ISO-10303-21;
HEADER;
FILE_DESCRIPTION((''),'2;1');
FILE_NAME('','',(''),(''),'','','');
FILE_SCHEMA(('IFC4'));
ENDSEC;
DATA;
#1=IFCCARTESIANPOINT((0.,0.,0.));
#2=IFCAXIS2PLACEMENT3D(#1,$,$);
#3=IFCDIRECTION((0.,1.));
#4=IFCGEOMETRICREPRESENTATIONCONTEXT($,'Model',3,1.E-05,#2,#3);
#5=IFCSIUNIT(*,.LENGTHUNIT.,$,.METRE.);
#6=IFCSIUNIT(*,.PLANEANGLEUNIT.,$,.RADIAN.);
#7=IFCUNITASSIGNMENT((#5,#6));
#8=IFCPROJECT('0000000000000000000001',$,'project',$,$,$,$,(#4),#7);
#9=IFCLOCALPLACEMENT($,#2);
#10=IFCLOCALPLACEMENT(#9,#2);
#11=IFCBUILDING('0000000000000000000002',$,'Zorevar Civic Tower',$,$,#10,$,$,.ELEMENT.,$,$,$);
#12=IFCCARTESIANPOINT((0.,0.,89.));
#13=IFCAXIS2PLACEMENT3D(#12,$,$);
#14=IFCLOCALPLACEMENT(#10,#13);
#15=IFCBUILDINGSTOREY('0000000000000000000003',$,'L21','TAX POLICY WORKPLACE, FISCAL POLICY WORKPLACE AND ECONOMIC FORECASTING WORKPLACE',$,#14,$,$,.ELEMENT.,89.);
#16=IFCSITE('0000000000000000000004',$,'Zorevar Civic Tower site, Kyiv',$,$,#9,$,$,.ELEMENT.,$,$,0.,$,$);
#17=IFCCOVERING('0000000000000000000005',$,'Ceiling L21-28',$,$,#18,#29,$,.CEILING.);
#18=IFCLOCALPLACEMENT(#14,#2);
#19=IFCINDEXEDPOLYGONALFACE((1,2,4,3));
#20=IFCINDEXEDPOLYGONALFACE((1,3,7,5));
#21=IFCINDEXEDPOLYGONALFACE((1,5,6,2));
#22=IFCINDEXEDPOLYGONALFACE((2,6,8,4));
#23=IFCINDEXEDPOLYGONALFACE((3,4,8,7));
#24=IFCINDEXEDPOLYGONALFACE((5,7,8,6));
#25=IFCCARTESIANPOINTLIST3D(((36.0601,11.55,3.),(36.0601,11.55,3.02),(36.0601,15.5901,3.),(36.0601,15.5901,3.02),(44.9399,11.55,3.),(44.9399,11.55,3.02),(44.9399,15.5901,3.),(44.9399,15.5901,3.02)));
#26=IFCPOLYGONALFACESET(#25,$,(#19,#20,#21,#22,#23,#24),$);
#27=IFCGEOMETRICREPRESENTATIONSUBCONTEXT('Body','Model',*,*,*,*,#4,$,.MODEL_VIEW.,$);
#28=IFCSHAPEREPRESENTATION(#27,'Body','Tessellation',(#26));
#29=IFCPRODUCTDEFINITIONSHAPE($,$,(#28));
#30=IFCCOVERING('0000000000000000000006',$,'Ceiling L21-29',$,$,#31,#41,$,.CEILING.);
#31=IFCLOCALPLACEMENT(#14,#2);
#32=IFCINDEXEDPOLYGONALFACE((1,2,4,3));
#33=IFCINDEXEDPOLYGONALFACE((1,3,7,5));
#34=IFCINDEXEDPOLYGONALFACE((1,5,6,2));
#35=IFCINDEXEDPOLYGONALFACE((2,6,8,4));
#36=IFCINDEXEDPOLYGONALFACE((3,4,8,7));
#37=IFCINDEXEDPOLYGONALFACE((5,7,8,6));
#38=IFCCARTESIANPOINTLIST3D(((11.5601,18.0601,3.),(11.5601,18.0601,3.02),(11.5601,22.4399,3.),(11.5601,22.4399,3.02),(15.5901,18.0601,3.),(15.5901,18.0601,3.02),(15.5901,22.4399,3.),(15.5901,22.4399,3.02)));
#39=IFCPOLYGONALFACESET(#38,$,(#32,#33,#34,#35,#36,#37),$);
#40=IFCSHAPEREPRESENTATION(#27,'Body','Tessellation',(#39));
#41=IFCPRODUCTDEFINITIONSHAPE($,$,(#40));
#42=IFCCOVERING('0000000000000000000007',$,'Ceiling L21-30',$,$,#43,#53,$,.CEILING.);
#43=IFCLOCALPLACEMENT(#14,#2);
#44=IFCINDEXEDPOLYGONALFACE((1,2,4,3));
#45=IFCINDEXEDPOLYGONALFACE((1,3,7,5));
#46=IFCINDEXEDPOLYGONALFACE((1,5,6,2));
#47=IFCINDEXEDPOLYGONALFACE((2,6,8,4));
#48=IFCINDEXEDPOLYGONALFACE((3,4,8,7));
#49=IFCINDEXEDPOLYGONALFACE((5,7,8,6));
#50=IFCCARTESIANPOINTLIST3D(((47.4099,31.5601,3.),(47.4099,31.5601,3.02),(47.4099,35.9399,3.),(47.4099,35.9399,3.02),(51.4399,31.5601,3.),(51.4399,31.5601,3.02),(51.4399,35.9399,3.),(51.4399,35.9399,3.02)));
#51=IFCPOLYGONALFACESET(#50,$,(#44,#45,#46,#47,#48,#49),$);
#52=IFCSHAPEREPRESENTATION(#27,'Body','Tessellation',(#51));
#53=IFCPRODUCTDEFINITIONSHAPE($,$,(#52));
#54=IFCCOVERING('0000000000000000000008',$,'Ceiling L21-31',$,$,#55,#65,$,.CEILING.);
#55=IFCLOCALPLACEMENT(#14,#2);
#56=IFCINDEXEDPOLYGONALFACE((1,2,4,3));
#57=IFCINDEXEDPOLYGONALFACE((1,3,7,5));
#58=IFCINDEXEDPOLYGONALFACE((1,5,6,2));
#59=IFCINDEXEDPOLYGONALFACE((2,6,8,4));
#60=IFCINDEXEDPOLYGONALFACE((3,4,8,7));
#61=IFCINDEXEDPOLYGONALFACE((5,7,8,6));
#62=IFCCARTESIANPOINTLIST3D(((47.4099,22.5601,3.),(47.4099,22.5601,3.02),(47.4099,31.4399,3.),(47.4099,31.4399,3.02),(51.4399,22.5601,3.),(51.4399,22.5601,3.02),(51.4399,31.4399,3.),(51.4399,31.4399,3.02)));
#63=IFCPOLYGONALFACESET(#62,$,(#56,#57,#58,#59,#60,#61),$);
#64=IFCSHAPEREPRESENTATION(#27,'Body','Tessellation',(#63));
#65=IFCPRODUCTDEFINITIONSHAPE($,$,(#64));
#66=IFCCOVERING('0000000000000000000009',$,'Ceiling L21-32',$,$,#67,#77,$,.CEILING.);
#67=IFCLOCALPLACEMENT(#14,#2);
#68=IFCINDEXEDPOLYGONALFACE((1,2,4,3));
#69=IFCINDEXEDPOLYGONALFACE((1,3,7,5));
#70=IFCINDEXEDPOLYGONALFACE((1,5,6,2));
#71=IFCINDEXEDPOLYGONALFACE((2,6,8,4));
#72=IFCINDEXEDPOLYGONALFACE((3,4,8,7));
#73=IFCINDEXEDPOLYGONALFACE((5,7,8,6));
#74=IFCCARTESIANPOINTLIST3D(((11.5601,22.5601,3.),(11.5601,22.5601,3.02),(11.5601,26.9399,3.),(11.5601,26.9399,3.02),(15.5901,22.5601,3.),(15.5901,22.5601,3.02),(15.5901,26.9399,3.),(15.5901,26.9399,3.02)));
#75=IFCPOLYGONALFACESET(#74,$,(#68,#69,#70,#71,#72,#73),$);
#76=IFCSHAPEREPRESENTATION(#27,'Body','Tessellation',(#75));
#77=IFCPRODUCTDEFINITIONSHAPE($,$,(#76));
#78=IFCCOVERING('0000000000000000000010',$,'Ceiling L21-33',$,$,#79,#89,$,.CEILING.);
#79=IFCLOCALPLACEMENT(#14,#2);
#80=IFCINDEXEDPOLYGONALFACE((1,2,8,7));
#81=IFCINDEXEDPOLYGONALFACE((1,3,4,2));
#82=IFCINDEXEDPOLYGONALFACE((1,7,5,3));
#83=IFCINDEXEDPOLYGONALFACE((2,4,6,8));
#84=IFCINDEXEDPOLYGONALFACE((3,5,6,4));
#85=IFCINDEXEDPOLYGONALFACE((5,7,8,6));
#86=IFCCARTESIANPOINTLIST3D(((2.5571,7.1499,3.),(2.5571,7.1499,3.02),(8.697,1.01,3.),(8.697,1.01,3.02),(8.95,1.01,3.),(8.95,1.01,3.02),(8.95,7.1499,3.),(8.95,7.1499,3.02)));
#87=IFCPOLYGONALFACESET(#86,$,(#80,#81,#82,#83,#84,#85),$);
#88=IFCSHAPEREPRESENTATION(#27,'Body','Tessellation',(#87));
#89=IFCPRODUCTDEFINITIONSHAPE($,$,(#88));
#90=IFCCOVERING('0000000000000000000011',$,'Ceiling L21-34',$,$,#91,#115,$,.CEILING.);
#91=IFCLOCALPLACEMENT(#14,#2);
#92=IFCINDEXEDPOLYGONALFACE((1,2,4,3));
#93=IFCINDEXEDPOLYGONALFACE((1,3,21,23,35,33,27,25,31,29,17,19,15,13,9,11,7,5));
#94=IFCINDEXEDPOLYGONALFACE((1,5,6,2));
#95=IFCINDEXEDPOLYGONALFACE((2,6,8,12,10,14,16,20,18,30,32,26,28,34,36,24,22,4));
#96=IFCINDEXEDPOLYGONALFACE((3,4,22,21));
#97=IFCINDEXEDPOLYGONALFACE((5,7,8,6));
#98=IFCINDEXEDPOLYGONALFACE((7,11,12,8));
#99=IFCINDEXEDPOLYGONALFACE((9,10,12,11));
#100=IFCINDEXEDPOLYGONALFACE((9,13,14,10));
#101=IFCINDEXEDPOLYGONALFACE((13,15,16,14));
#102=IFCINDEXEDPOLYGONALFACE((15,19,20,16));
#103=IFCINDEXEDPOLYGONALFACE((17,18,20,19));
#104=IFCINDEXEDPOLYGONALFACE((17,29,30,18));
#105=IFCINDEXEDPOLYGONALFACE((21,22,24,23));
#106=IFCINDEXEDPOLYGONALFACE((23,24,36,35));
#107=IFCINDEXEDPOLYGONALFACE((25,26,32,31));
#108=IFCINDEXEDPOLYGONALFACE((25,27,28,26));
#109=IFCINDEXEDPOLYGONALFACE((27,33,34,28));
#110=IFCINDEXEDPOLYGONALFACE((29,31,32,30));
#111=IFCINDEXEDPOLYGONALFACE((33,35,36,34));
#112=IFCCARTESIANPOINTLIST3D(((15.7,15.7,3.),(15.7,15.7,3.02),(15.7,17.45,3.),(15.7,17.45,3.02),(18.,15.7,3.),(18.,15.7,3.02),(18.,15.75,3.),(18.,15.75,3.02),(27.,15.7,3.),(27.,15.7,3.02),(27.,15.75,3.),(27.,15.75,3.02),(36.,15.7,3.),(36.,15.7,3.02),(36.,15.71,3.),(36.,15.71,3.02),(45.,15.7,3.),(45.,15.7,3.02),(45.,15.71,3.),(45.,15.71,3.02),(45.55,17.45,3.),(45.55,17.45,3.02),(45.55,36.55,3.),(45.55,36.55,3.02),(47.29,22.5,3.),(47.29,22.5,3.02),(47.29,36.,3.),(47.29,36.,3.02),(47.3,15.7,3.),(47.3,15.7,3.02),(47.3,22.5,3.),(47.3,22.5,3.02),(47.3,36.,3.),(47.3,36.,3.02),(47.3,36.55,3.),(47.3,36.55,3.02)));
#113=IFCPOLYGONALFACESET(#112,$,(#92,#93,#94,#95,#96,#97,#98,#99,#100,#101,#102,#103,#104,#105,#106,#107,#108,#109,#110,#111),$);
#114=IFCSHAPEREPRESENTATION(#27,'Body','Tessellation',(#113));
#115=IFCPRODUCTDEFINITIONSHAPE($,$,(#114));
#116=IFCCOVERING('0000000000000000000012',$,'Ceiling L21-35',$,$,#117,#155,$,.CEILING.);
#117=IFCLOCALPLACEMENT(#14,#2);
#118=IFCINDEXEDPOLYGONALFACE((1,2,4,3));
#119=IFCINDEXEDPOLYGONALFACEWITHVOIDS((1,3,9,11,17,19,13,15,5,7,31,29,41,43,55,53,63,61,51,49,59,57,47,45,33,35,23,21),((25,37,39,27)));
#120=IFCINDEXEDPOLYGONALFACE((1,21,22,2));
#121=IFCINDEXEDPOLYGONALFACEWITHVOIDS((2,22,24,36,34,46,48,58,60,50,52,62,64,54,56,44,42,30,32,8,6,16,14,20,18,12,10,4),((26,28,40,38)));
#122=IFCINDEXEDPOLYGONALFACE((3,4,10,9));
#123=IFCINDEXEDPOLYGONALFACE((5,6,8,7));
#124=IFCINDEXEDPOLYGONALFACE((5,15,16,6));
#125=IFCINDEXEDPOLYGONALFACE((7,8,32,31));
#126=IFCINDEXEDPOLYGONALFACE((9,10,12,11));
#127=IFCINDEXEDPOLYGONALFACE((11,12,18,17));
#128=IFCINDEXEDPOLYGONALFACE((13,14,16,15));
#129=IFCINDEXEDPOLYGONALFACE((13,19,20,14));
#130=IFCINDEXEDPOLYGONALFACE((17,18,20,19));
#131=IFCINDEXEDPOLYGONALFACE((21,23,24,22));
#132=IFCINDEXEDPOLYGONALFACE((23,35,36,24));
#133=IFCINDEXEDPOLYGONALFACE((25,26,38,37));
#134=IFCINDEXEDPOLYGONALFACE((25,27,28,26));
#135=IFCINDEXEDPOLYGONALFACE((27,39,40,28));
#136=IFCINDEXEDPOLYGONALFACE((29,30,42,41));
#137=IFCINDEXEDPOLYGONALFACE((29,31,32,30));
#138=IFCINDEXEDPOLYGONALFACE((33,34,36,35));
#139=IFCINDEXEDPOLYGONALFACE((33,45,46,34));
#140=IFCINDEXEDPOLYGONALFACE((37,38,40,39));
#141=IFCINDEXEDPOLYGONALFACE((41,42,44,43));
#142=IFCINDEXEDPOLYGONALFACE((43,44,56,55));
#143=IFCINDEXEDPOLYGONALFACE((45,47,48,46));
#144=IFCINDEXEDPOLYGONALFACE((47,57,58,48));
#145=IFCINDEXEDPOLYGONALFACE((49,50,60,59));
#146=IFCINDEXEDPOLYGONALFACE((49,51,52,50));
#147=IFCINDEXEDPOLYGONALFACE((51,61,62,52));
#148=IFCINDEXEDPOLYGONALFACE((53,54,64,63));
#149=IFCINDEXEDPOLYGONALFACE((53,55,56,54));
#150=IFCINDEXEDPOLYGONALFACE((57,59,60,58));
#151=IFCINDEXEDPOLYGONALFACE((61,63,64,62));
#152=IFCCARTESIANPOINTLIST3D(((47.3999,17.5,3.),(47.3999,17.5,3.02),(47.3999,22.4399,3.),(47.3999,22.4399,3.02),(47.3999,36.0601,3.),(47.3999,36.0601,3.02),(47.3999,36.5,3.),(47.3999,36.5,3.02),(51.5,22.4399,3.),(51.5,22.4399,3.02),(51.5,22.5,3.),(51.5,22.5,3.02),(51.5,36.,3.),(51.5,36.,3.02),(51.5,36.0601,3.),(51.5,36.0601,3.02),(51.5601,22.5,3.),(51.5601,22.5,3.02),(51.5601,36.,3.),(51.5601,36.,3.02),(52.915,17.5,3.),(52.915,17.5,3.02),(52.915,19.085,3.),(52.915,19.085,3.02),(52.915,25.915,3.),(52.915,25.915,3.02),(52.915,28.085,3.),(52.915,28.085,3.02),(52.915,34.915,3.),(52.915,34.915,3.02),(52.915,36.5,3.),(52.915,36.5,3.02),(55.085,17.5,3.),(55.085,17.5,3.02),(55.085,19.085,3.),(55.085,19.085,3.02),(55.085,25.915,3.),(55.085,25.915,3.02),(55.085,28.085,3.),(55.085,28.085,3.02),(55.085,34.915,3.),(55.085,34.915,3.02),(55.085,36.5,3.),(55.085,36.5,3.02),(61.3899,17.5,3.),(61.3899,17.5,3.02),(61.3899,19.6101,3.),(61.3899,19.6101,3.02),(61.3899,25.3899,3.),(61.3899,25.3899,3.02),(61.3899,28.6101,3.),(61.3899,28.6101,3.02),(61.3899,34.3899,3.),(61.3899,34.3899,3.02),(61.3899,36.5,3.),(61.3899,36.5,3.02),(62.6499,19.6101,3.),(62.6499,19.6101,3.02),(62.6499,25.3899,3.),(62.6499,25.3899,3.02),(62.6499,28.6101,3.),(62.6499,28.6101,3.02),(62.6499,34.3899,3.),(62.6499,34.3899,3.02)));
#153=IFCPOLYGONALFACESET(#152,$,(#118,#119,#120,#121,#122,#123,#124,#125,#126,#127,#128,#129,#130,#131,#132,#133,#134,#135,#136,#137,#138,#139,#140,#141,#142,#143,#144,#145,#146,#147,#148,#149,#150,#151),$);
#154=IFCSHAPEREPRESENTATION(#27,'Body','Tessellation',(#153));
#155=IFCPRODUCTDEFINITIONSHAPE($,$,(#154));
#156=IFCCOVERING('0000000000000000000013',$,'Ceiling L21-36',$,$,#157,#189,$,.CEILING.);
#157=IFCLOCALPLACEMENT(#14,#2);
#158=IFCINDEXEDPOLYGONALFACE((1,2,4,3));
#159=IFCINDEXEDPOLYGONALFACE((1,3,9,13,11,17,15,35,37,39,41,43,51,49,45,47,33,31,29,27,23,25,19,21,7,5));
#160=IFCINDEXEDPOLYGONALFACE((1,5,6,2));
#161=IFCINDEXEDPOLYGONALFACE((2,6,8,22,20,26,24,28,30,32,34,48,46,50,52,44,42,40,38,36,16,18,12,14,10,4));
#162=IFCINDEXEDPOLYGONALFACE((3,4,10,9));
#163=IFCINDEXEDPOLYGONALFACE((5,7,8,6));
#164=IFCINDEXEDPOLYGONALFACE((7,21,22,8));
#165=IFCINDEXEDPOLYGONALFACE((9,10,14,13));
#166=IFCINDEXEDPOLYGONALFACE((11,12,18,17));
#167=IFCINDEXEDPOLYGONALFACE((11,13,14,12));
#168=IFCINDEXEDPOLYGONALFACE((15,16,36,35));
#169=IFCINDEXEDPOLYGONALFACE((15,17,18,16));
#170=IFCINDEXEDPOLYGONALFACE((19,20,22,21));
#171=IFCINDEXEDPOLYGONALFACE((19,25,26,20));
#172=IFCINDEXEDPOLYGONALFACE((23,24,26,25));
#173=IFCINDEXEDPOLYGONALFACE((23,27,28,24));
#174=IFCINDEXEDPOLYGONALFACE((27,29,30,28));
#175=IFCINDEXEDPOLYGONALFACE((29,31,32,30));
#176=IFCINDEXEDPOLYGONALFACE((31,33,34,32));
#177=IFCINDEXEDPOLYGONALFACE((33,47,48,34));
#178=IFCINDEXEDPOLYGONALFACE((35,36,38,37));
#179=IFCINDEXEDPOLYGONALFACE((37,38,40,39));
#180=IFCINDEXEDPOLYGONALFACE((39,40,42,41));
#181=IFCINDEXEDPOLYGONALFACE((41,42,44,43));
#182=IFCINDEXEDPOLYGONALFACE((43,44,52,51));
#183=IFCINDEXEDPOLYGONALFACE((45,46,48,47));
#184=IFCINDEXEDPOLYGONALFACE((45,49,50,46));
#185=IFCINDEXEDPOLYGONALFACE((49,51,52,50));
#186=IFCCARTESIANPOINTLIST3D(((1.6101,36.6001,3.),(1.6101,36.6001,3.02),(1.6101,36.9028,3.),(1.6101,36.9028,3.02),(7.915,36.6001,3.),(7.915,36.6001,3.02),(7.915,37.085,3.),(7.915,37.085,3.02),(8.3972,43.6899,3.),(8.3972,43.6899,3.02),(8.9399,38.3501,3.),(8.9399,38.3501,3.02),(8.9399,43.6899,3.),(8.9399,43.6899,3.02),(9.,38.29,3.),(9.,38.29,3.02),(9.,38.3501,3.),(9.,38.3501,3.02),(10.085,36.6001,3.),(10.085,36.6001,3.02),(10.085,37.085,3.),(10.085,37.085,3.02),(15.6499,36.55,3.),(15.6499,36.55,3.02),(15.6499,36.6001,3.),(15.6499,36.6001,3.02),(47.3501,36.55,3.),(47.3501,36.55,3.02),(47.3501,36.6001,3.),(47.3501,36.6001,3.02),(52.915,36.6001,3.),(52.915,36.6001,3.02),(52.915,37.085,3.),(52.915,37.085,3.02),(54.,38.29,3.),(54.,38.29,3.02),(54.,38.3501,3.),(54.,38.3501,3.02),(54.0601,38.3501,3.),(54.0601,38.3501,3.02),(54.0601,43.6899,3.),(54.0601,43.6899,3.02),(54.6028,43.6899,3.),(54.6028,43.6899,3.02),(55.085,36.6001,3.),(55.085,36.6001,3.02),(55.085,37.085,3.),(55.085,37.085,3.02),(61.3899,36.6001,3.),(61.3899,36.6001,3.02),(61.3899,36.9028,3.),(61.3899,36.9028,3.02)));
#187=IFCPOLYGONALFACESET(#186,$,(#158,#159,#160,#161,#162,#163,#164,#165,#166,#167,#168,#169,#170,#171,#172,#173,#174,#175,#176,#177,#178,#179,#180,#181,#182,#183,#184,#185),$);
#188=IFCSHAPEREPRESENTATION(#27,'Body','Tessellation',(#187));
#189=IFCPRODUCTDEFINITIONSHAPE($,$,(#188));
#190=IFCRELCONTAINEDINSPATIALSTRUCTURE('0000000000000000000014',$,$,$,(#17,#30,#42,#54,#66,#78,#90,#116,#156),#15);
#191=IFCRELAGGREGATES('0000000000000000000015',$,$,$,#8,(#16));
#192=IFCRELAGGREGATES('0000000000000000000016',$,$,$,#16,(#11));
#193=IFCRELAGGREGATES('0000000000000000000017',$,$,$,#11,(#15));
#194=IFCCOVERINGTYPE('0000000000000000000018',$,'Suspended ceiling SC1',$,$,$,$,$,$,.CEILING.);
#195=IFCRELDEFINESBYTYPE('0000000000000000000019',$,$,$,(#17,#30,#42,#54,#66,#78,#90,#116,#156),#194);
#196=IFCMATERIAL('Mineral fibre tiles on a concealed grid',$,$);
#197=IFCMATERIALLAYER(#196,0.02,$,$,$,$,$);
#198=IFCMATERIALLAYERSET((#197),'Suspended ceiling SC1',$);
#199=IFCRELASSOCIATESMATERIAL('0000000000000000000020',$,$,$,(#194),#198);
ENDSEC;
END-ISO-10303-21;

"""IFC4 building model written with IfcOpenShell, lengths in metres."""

from ifc_helpers import new_model, si_unit, direction, frame, origin, place, context, subcontext, project, spatial, polyline, outline, extrude, material, layer, layer_set, type_object, element, save


model = new_model("IFC4")

# Units and contexts
model_context = context("Model", 3, precision=1e-05, world=origin(), true_north=direction((0.0, 1.0)))
body_context = subcontext(model_context, "Body", "Model", "MODEL_VIEW")
ifc_project = project(units=[si_unit("LENGTHUNIT", "METRE"), si_unit("PLANEANGLEUNIT", "RADIAN")], contexts=[model_context])

# Site, building, storey
site_placement = place(None, origin())
site = spatial("IfcSite", under=ifc_project, at=site_placement, Name="Zorevar Civic Tower site, Kyiv", CompositionType="ELEMENT", RefElevation=0.0)
building_placement = place(site_placement, origin())
building = spatial("IfcBuilding", under=site, at=building_placement, Name="Zorevar Civic Tower", CompositionType="ELEMENT")
storey_placement = place(building_placement, frame((0.0, 0.0, 89.0)))
storey = spatial("IfcBuildingStorey", under=building, at=storey_placement, Name="L21", Description="TAX POLICY WORKPLACE, FISCAL POLICY WORKPLACE AND ECONOMIC FORECASTING WORKPLACE", CompositionType="ELEMENT", Elevation=89.0)

# Coverings
ifc_material_1 = material(Name="Mineral fibre tiles on a concealed grid")
ifc_layer_1 = layer(ifc_material_1, 0.02)
ifc_layer_set_1 = layer_set([ifc_layer_1], Name="Suspended ceiling SC1")
covering_type_1 = type_object("IfcCoveringType", Name="Suspended ceiling SC1", PredefinedType="CEILING", material=ifc_layer_set_1)
covering_1_placement = place(storey_placement, frame((0.0, 0.0, 3.0)))
element("IfcCovering", 1, at=covering_1_placement, inside=storey, type_object=covering_type_1, Name="Ceiling L21-28", PredefinedType="CEILING", context=body_context, shape_type="SweptSolid", body=[
    extrude(outline(polyline([(44.9399, 15.5901), (44.9399, 11.55), (36.0601, 11.55), (36.0601, 15.5901), (44.9399, 15.5901)])), origin(), (0.0, 0.0, 1.0), 0.02),
])
covering_2_placement = place(storey_placement, frame((0.0, 0.0, 3.0)))
element("IfcCovering", 2, at=covering_2_placement, inside=storey, type_object=covering_type_1, Name="Ceiling L21-29", PredefinedType="CEILING", context=body_context, shape_type="SweptSolid", body=[
    extrude(outline(polyline([(15.5901, 22.4399), (15.5901, 18.0601), (11.5601, 18.0601), (11.5601, 22.4399), (15.5901, 22.4399)])), origin(), (0.0, 0.0, 1.0), 0.02),
])
covering_3_placement = place(storey_placement, frame((0.0, 0.0, 3.0)))
element("IfcCovering", 3, at=covering_3_placement, inside=storey, type_object=covering_type_1, Name="Ceiling L21-30", PredefinedType="CEILING", context=body_context, shape_type="SweptSolid", body=[
    extrude(outline(polyline([(47.4099, 35.9399), (51.4399, 35.9399), (51.4399, 31.5601), (47.4099, 31.5601), (47.4099, 35.9399)])), origin(), (0.0, 0.0, 1.0), 0.02),
])
covering_4_placement = place(storey_placement, frame((0.0, 0.0, 3.0)))
element("IfcCovering", 4, at=covering_4_placement, inside=storey, type_object=covering_type_1, Name="Ceiling L21-31", PredefinedType="CEILING", context=body_context, shape_type="SweptSolid", body=[
    extrude(outline(polyline([(51.4399, 31.4399), (51.4399, 22.5601), (47.4099, 22.5601), (47.4099, 31.4399), (51.4399, 31.4399)])), origin(), (0.0, 0.0, 1.0), 0.02),
])
covering_5_placement = place(storey_placement, frame((0.0, 0.0, 3.0)))
element("IfcCovering", 5, at=covering_5_placement, inside=storey, type_object=covering_type_1, Name="Ceiling L21-32", PredefinedType="CEILING", context=body_context, shape_type="SweptSolid", body=[
    extrude(outline(polyline([(11.5601, 26.9399), (15.5901, 26.9399), (15.5901, 22.5601), (11.5601, 22.5601), (11.5601, 26.9399)])), origin(), (0.0, 0.0, 1.0), 0.02),
])
covering_6_placement = place(storey_placement, frame((0.0, 0.0, 3.0)))
element("IfcCovering", 6, at=covering_6_placement, inside=storey, type_object=covering_type_1, Name="Ceiling L21-33", PredefinedType="CEILING", context=body_context, shape_type="SweptSolid", body=[
    extrude(outline(polyline([(8.95, 7.1499), (8.95, 1.01), (8.697, 1.01), (2.5571, 7.1499), (8.95, 7.1499)])), origin(), (0.0, 0.0, 1.0), 0.02),
])
covering_7_placement = place(storey_placement, frame((0.0, 0.0, 3.0)))
element("IfcCovering", 7, at=covering_7_placement, inside=storey, type_object=covering_type_1, Name="Ceiling L21-34", PredefinedType="CEILING", context=body_context, shape_type="SweptSolid", body=[
    extrude(outline(polyline([(47.3, 36.0), (47.29, 36.0), (47.29, 22.5), (47.3, 22.5), (47.3, 15.7), (45.0, 15.7), (45.0, 15.71), (36.0, 15.71), (36.0, 15.7), (27.0, 15.7), (27.0, 15.75), (18.0, 15.75), (18.0, 15.7), (15.7, 15.7), (15.7, 17.45), (45.55, 17.45), (45.55, 36.55), (47.3, 36.55), (47.3, 36.0)])), origin(), (0.0, 0.0, 1.0), 0.02),
])
covering_8_placement = place(storey_placement, frame((0.0, 0.0, 3.0)))
element("IfcCovering", 8, at=covering_8_placement, inside=storey, type_object=covering_type_1, Name="Ceiling L21-35", PredefinedType="CEILING", context=body_context, shape_type="SweptSolid", body=[
    extrude(outline(polyline([(51.5, 36.0601), (47.3999, 36.0601), (47.3999, 36.5), (52.915, 36.5), (52.915, 34.915), (55.085, 34.915), (55.085, 36.5), (61.3899, 36.5), (61.3899, 34.3899), (62.6499, 34.3899), (62.6499, 28.6101), (61.3899, 28.6101), (61.3899, 25.3899), (62.6499, 25.3899), (62.6499, 19.6101), (61.3899, 19.6101), (61.3899, 17.5), (55.085, 17.5), (55.085, 19.085), (52.915, 19.085), (52.915, 17.5), (47.3999, 17.5), (47.3999, 22.4399), (51.5, 22.4399), (51.5, 22.5), (51.5601, 22.5), (51.5601, 36.0), (51.5, 36.0), (51.5, 36.0601)]), holes=[polyline([(55.085, 28.085), (52.915, 28.085), (52.915, 25.915), (55.085, 25.915), (55.085, 28.085)])]), origin(), (0.0, 0.0, 1.0), 0.02),
])
covering_9_placement = place(storey_placement, frame((0.0, 0.0, 3.0)))
element("IfcCovering", 9, at=covering_9_placement, inside=storey, type_object=covering_type_1, Name="Ceiling L21-36", PredefinedType="CEILING", context=body_context, shape_type="SweptSolid", body=[
    extrude(outline(polyline([(8.9399, 43.6899), (8.9399, 38.3501), (9.0, 38.3501), (9.0, 38.29), (54.0, 38.29), (54.0, 38.3501), (54.0601, 38.3501), (54.0601, 43.6899), (54.6028, 43.6899), (61.3899, 36.9028), (61.3899, 36.6001), (55.085, 36.6001), (55.085, 37.085), (52.915, 37.085), (52.915, 36.6001), (47.3501, 36.6001), (47.3501, 36.55), (15.6499, 36.55), (15.6499, 36.6001), (10.085, 36.6001), (10.085, 37.085), (7.915, 37.085), (7.915, 36.6001), (1.6101, 36.6001), (1.6101, 36.9028), (8.3972, 43.6899), (8.9399, 43.6899)])), origin(), (0.0, 0.0, 1.0), 0.02),
])

save(model, "model.ifc")
